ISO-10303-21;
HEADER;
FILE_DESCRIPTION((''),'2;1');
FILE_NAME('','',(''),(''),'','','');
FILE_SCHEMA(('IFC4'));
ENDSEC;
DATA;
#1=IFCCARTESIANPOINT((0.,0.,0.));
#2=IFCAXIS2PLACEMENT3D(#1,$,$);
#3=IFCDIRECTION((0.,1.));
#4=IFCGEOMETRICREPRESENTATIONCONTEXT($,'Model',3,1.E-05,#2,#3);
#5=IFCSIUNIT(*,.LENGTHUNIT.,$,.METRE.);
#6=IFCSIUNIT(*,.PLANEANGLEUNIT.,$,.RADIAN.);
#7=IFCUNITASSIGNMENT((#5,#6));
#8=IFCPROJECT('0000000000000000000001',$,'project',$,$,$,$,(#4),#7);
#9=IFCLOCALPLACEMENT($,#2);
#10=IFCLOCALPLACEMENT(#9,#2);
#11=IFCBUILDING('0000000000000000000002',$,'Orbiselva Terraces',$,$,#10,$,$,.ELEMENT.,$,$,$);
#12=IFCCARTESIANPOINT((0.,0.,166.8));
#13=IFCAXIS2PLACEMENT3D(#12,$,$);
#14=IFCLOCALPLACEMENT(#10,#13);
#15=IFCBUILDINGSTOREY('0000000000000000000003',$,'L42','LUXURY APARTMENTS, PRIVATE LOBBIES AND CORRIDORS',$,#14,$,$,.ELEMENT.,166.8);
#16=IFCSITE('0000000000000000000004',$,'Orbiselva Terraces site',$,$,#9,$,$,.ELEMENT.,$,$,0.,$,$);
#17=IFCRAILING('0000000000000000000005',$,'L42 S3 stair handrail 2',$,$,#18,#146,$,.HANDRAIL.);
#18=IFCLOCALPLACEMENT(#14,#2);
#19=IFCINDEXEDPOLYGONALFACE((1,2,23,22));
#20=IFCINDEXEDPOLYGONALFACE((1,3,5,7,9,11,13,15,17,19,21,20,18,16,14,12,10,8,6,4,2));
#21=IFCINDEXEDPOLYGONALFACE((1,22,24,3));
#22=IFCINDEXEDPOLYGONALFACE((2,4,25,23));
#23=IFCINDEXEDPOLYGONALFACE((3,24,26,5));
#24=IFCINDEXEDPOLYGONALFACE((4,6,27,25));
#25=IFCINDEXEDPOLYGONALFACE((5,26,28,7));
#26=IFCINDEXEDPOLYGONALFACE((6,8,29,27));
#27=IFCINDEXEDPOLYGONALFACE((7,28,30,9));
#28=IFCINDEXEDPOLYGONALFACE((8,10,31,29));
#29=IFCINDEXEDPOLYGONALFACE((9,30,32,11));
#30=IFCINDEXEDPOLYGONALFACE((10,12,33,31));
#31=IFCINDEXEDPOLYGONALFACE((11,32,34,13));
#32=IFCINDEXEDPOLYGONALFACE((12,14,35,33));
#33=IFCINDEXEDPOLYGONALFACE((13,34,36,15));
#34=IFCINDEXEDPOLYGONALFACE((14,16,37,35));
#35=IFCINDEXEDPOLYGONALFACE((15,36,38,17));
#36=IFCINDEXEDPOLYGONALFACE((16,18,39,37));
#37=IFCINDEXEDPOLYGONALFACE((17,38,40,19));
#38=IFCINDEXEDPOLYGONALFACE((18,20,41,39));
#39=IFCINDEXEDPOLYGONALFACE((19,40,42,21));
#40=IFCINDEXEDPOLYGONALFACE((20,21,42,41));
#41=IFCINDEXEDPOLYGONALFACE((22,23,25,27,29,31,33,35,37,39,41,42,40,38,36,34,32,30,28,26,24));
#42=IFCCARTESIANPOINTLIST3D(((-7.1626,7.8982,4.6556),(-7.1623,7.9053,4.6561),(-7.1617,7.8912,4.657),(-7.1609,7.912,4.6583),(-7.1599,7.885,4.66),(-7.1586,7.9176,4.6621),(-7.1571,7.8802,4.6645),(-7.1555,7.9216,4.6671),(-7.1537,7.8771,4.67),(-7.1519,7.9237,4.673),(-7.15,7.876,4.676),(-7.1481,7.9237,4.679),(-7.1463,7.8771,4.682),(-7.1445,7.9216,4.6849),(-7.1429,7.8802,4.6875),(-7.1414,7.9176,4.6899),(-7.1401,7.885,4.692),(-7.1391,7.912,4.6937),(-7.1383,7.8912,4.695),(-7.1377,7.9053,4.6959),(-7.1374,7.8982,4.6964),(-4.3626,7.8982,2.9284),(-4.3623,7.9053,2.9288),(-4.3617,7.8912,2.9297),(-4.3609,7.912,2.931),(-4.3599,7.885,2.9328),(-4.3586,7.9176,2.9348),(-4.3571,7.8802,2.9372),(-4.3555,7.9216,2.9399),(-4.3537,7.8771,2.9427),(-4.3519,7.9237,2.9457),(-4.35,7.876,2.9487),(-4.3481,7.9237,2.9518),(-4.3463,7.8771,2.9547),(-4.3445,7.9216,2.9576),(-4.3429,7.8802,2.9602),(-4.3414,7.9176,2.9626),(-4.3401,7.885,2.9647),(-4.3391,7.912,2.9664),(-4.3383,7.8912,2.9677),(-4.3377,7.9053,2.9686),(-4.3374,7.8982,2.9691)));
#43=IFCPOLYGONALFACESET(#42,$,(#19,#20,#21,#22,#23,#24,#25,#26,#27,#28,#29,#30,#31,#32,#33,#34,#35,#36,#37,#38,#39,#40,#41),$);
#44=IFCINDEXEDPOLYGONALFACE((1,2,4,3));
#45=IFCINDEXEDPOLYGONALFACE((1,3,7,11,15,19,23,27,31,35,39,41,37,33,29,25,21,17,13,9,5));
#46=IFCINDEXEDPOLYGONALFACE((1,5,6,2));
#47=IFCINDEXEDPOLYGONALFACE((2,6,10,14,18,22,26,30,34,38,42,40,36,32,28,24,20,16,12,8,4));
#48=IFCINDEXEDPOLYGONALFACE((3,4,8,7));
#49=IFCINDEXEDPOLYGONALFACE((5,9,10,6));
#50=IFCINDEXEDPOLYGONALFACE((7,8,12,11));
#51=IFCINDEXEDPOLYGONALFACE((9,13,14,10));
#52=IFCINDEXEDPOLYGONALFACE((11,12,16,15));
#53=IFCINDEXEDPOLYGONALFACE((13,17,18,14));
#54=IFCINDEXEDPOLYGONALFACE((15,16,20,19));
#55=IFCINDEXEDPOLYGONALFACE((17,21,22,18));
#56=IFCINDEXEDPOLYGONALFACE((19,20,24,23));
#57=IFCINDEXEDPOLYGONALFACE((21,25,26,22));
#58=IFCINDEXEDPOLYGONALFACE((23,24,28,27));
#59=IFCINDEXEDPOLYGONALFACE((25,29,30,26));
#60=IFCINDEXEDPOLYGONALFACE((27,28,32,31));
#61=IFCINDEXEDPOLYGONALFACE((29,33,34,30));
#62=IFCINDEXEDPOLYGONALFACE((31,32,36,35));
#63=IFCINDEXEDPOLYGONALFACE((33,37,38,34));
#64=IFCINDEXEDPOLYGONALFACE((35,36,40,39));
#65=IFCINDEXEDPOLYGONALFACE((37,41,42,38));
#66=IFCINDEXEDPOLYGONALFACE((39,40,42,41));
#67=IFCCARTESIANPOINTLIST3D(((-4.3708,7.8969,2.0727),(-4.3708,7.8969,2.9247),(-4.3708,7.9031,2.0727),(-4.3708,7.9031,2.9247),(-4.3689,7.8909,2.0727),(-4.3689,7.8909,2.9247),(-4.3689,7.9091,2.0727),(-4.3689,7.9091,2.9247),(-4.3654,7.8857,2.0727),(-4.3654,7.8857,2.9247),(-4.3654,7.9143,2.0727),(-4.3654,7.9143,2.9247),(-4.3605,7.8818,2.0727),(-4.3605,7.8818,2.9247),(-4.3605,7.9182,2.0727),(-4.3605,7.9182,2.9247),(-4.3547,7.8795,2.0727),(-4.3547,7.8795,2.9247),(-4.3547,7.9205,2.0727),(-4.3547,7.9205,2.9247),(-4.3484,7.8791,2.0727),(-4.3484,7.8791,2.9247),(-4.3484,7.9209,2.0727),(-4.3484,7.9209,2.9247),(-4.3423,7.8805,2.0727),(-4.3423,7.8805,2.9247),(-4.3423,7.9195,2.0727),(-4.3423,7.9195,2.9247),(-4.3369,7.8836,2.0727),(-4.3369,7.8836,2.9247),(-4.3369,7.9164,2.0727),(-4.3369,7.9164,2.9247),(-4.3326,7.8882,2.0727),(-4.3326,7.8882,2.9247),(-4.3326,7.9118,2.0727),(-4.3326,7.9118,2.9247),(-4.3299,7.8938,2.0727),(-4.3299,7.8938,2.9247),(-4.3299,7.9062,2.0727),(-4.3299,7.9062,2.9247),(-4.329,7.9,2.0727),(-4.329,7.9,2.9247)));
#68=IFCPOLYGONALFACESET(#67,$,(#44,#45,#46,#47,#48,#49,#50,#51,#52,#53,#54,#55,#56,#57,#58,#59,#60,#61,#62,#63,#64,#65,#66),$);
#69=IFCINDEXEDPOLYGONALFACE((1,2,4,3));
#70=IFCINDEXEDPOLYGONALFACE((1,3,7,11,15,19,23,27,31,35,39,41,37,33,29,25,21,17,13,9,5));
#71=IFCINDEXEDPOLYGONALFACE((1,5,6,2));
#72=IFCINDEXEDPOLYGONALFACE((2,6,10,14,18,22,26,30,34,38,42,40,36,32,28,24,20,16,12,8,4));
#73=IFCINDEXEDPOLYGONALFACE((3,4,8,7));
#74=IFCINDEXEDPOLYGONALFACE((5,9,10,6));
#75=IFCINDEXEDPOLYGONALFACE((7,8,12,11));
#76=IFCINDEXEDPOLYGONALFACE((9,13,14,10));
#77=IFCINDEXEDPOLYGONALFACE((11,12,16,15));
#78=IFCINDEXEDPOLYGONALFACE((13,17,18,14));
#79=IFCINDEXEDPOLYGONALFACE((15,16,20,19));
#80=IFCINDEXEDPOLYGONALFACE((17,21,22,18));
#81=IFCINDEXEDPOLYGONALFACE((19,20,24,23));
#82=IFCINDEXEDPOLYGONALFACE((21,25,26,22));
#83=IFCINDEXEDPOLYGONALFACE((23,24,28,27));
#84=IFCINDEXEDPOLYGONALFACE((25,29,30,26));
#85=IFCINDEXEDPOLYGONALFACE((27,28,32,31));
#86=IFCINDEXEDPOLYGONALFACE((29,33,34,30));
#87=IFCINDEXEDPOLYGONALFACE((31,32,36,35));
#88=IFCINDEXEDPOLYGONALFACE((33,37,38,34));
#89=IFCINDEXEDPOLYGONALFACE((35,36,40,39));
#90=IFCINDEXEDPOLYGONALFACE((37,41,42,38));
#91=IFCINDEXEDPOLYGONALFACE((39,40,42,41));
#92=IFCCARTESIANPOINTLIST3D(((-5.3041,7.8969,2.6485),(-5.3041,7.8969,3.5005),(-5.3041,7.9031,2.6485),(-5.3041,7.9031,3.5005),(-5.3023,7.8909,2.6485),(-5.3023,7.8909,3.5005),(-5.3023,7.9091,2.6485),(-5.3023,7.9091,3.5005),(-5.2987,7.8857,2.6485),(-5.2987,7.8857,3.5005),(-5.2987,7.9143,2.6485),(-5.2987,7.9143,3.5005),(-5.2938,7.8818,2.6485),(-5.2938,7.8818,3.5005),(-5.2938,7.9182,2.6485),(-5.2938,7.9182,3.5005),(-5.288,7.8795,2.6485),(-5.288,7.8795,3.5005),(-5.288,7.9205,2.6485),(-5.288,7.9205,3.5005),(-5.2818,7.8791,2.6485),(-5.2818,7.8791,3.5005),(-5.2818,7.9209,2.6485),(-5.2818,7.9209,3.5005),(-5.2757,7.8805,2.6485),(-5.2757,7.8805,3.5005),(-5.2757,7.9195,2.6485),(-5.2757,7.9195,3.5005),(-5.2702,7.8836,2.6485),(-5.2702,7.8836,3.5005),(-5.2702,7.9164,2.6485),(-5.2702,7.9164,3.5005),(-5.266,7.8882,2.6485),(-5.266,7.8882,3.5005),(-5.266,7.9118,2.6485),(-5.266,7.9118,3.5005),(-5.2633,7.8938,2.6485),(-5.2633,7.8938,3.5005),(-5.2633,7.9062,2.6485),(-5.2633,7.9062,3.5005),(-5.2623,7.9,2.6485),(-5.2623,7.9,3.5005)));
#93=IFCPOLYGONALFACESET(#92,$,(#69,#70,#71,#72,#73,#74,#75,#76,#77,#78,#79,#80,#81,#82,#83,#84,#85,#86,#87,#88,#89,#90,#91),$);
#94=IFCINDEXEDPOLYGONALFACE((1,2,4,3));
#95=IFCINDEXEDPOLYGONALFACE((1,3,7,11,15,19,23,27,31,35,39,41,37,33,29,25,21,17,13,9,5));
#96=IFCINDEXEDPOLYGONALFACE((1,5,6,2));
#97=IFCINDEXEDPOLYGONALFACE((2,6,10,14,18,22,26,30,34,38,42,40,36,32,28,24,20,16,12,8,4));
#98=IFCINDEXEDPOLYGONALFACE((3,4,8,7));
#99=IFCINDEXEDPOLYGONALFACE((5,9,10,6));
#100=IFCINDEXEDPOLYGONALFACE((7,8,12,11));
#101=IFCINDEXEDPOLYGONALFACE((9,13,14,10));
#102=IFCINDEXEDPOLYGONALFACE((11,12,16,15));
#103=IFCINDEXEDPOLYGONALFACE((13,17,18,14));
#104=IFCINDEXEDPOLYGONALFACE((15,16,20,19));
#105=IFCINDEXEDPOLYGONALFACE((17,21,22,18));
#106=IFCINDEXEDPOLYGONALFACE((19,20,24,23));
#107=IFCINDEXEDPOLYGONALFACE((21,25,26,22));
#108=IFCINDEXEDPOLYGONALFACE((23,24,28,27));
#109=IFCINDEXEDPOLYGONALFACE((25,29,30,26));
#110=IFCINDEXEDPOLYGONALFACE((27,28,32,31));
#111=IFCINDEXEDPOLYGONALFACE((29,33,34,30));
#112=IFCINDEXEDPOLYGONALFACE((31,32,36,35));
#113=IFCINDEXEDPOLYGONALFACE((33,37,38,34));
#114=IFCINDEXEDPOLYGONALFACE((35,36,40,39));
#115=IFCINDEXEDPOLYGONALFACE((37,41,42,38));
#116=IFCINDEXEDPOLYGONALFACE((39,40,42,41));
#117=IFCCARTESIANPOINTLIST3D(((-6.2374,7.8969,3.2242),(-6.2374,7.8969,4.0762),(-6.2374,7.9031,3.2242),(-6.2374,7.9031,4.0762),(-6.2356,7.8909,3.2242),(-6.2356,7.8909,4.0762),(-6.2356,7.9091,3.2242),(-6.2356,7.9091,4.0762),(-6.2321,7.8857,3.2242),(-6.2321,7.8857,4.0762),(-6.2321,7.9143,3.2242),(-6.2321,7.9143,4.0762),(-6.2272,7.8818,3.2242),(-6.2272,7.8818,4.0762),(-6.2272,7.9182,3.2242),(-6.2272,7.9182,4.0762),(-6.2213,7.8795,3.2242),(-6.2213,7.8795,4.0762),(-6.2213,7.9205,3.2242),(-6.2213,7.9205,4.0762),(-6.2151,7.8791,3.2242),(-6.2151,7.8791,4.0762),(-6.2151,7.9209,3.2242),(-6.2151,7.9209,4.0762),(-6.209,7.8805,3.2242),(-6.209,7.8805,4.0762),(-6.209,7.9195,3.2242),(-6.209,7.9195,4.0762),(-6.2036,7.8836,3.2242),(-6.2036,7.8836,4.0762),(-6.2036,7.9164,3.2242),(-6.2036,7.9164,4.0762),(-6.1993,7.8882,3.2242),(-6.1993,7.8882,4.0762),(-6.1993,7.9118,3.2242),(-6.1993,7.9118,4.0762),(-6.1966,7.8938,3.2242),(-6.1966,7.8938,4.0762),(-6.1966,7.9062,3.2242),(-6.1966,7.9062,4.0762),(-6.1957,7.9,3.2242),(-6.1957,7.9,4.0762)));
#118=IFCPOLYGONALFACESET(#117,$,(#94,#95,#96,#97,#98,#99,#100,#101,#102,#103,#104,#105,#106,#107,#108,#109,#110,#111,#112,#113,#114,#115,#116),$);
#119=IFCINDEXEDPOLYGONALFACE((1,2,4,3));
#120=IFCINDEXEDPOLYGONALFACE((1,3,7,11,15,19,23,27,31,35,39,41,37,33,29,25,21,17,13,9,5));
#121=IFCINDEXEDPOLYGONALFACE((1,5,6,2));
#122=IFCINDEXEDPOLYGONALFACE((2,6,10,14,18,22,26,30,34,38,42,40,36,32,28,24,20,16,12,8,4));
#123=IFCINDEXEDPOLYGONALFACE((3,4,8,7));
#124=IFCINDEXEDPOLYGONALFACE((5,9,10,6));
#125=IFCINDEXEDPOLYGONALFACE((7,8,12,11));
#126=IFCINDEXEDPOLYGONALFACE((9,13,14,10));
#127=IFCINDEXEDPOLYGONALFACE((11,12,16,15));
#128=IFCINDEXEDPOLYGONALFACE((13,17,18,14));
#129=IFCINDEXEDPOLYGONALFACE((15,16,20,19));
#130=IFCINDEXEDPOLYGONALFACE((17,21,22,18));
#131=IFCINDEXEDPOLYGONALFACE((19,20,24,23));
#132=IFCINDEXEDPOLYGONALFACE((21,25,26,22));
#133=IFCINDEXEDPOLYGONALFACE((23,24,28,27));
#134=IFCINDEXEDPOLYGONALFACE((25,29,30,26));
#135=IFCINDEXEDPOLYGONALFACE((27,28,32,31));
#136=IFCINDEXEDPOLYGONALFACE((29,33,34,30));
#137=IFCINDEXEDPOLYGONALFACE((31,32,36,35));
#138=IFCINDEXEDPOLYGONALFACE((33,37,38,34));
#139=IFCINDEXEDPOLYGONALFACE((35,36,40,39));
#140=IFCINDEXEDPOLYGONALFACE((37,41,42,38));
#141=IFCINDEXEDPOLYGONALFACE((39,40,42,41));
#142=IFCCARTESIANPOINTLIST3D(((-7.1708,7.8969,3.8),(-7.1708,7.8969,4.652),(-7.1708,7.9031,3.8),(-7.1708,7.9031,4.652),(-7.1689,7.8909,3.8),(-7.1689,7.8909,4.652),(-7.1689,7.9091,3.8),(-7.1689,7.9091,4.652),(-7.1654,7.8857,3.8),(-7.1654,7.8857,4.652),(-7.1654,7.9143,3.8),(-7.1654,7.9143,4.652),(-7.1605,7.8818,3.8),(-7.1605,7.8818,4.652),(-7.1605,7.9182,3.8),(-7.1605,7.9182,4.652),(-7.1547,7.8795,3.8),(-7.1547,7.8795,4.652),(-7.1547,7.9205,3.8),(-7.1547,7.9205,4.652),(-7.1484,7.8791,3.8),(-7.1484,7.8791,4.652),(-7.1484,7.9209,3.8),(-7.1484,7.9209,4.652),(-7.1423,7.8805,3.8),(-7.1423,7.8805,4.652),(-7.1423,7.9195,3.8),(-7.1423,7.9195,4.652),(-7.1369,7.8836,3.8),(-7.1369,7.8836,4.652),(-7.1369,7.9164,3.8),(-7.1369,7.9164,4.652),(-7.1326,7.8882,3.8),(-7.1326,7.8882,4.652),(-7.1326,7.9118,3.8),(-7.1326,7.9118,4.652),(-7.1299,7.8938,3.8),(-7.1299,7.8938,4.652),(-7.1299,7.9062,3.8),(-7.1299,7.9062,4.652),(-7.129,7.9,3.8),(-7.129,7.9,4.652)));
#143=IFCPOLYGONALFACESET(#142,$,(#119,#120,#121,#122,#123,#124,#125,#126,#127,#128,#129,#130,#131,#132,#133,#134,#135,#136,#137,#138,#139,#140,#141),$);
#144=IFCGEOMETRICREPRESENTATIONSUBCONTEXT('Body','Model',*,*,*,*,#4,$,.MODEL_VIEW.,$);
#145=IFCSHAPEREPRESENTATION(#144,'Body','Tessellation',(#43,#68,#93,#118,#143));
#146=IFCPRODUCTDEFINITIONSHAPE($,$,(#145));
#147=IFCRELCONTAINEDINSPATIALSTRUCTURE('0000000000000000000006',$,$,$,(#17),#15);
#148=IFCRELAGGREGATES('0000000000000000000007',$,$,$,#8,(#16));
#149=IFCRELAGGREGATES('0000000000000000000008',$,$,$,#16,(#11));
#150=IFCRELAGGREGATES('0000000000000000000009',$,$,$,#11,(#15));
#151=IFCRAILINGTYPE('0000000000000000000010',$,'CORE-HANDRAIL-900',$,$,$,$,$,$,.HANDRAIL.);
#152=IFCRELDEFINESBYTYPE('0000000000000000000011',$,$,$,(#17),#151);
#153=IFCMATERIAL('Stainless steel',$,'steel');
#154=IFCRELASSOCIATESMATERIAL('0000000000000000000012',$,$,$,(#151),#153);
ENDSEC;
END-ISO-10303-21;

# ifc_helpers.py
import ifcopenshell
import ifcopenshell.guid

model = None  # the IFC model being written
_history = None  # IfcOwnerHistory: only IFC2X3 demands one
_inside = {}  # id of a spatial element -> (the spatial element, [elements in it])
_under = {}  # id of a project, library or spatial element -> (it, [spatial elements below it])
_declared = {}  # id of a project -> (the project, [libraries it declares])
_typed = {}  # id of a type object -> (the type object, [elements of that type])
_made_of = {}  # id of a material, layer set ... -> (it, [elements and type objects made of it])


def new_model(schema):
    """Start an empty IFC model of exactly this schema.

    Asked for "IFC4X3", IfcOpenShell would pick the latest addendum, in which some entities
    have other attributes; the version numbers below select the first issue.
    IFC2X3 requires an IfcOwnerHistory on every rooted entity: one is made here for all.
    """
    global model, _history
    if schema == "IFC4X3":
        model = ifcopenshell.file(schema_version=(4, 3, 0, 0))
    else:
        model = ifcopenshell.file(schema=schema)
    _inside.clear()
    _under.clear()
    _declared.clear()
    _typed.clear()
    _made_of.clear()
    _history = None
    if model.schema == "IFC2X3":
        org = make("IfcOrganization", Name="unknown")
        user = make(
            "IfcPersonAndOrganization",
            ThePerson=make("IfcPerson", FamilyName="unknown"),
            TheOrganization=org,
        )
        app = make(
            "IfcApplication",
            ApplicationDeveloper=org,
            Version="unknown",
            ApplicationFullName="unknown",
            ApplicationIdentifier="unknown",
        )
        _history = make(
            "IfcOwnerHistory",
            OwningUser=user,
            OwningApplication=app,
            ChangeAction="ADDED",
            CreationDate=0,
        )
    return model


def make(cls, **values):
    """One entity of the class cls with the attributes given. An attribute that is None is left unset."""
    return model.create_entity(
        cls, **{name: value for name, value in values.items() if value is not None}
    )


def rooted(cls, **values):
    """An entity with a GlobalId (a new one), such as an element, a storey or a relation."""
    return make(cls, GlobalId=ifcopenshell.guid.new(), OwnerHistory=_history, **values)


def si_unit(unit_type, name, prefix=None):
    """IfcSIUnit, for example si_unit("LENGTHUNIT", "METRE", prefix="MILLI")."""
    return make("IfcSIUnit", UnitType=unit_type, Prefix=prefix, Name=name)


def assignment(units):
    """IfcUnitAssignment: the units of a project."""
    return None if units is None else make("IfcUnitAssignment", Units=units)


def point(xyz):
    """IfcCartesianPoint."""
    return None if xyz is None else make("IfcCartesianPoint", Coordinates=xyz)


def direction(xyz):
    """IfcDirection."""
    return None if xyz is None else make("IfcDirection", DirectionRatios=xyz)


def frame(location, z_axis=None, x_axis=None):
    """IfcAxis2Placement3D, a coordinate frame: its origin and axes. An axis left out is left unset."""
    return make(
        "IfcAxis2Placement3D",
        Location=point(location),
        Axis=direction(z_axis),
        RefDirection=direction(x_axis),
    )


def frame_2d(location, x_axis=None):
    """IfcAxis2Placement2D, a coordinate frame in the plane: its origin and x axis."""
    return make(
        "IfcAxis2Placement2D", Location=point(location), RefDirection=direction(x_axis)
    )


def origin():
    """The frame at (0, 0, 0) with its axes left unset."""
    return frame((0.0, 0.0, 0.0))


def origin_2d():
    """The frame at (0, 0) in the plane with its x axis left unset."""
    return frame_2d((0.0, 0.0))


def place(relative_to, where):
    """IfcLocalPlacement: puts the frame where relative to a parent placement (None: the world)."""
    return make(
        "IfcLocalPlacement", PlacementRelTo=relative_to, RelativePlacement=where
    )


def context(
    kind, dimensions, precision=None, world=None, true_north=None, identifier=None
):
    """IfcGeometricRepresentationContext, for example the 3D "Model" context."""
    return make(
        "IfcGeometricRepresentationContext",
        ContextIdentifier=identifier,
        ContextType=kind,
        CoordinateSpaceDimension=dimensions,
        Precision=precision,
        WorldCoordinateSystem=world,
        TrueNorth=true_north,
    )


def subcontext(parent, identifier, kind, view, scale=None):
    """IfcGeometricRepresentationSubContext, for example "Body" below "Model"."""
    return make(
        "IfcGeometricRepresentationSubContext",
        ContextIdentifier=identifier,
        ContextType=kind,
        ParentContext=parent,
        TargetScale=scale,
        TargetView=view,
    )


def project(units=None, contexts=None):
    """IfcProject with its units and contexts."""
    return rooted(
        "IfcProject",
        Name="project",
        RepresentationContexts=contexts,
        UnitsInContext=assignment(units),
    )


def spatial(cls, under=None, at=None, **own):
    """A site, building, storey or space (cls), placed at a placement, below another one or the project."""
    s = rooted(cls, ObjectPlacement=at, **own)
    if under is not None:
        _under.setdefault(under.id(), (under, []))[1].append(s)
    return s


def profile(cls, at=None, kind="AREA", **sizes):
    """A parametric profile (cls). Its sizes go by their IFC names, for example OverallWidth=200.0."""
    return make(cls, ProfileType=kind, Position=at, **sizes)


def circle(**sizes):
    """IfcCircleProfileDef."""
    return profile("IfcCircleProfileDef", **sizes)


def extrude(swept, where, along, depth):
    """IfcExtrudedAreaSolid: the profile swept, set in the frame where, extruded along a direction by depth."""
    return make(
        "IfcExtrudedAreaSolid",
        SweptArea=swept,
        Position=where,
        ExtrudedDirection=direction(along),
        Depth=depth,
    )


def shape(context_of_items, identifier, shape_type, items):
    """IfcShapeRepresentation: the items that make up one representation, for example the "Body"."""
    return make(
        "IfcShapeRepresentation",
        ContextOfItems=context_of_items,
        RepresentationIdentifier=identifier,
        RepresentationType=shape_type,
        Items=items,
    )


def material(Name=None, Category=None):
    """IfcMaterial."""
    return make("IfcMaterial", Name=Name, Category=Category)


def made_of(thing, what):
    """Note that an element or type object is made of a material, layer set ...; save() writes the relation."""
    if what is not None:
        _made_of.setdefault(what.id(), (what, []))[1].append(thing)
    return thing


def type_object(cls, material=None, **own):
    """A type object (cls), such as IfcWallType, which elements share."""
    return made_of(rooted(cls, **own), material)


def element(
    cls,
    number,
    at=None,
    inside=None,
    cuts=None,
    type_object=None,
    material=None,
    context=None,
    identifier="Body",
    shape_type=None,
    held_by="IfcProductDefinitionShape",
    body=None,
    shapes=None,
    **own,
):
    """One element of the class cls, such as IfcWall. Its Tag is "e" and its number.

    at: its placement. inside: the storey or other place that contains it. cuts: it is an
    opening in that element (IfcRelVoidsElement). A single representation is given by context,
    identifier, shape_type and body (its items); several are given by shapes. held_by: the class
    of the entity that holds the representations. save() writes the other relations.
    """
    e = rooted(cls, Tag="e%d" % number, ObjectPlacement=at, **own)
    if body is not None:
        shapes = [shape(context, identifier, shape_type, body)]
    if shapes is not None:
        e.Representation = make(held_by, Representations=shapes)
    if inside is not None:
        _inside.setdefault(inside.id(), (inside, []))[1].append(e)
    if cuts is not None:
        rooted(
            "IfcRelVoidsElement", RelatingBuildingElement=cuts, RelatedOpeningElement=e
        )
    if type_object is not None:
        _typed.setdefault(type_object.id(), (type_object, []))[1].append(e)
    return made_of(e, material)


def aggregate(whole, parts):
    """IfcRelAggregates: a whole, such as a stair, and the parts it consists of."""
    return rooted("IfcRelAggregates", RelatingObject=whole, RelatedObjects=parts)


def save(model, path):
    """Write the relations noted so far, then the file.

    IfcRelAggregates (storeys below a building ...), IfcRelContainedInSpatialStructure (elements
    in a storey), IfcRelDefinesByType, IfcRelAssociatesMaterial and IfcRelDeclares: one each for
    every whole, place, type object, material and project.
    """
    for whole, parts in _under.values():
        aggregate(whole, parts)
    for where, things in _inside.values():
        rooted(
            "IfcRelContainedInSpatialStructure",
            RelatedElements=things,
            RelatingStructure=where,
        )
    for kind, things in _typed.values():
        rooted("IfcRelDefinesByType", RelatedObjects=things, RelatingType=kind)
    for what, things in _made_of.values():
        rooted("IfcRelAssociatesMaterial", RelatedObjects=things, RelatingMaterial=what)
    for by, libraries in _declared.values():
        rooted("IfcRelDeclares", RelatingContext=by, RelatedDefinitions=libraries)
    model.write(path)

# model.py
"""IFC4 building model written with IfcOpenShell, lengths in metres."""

from ifc_helpers import new_model, si_unit, direction, frame, origin, origin_2d, place, context, subcontext, project, spatial, circle, extrude, material, type_object, element, save


model = new_model("IFC4")

# Units and contexts
model_context = context("Model", 3, precision=1e-05, world=origin(), true_north=direction((0.0, 1.0)))
body_context = subcontext(model_context, "Body", "Model", "MODEL_VIEW")
ifc_project = project(units=[si_unit("LENGTHUNIT", "METRE"), si_unit("PLANEANGLEUNIT", "RADIAN")], contexts=[model_context])

# Site, building, storey
site_placement = place(None, origin())
site = spatial("IfcSite", under=ifc_project, at=site_placement, Name="Orbiselva Terraces site", CompositionType="ELEMENT", RefElevation=0.0)
building_placement = place(site_placement, origin())
building = spatial("IfcBuilding", under=site, at=building_placement, Name="Orbiselva Terraces", CompositionType="ELEMENT")
storey_placement = place(building_placement, frame((0.0, 0.0, 166.8)))
storey = spatial("IfcBuildingStorey", under=building, at=storey_placement, Name="L42", Description="LUXURY APARTMENTS, PRIVATE LOBBIES AND CORRIDORS", CompositionType="ELEMENT", Elevation=166.8)

# Railing
ifc_material_1 = material(Name="Stainless steel", Category="steel")
railing_type_1 = type_object("IfcRailingType", Name="CORE-HANDRAIL-900", PredefinedType="HANDRAIL", material=ifc_material_1)
railing_1_placement = place(storey_placement, frame((-4.35, 7.9, 2.0727)))
element("IfcRailing", 1, at=railing_1_placement, inside=storey, type_object=railing_type_1, Name="L42 S3 stair handrail 2", PredefinedType="HANDRAIL", context=body_context, shape_type="SweptSolid", body=[
    extrude(circle(Radius=0.024, at=origin_2d()), frame((0.0, 0.0, 0.876), z_axis=(-0.851089, 0.0, 0.525022), x_axis=(0.0, -1.0, 0.0)), (0.0, 0.0, 1.0), 3.2899),
    extrude(circle(Radius=0.021, at=origin_2d()), origin(), (0.0, 0.0, 1.0), 0.852),
    extrude(circle(Radius=0.021, at=origin_2d()), frame((-0.9333, 0.0, 0.5758)), (0.0, 0.0, 1.0), 0.852),
    extrude(circle(Radius=0.021, at=origin_2d()), frame((-1.8667, 0.0, 1.1515)), (0.0, 0.0, 1.0), 0.852),
    extrude(circle(Radius=0.021, at=origin_2d()), frame((-2.8, 0.0, 1.7273)), (0.0, 0.0, 1.0), 0.852),
])

save(model, "model.ifc")
